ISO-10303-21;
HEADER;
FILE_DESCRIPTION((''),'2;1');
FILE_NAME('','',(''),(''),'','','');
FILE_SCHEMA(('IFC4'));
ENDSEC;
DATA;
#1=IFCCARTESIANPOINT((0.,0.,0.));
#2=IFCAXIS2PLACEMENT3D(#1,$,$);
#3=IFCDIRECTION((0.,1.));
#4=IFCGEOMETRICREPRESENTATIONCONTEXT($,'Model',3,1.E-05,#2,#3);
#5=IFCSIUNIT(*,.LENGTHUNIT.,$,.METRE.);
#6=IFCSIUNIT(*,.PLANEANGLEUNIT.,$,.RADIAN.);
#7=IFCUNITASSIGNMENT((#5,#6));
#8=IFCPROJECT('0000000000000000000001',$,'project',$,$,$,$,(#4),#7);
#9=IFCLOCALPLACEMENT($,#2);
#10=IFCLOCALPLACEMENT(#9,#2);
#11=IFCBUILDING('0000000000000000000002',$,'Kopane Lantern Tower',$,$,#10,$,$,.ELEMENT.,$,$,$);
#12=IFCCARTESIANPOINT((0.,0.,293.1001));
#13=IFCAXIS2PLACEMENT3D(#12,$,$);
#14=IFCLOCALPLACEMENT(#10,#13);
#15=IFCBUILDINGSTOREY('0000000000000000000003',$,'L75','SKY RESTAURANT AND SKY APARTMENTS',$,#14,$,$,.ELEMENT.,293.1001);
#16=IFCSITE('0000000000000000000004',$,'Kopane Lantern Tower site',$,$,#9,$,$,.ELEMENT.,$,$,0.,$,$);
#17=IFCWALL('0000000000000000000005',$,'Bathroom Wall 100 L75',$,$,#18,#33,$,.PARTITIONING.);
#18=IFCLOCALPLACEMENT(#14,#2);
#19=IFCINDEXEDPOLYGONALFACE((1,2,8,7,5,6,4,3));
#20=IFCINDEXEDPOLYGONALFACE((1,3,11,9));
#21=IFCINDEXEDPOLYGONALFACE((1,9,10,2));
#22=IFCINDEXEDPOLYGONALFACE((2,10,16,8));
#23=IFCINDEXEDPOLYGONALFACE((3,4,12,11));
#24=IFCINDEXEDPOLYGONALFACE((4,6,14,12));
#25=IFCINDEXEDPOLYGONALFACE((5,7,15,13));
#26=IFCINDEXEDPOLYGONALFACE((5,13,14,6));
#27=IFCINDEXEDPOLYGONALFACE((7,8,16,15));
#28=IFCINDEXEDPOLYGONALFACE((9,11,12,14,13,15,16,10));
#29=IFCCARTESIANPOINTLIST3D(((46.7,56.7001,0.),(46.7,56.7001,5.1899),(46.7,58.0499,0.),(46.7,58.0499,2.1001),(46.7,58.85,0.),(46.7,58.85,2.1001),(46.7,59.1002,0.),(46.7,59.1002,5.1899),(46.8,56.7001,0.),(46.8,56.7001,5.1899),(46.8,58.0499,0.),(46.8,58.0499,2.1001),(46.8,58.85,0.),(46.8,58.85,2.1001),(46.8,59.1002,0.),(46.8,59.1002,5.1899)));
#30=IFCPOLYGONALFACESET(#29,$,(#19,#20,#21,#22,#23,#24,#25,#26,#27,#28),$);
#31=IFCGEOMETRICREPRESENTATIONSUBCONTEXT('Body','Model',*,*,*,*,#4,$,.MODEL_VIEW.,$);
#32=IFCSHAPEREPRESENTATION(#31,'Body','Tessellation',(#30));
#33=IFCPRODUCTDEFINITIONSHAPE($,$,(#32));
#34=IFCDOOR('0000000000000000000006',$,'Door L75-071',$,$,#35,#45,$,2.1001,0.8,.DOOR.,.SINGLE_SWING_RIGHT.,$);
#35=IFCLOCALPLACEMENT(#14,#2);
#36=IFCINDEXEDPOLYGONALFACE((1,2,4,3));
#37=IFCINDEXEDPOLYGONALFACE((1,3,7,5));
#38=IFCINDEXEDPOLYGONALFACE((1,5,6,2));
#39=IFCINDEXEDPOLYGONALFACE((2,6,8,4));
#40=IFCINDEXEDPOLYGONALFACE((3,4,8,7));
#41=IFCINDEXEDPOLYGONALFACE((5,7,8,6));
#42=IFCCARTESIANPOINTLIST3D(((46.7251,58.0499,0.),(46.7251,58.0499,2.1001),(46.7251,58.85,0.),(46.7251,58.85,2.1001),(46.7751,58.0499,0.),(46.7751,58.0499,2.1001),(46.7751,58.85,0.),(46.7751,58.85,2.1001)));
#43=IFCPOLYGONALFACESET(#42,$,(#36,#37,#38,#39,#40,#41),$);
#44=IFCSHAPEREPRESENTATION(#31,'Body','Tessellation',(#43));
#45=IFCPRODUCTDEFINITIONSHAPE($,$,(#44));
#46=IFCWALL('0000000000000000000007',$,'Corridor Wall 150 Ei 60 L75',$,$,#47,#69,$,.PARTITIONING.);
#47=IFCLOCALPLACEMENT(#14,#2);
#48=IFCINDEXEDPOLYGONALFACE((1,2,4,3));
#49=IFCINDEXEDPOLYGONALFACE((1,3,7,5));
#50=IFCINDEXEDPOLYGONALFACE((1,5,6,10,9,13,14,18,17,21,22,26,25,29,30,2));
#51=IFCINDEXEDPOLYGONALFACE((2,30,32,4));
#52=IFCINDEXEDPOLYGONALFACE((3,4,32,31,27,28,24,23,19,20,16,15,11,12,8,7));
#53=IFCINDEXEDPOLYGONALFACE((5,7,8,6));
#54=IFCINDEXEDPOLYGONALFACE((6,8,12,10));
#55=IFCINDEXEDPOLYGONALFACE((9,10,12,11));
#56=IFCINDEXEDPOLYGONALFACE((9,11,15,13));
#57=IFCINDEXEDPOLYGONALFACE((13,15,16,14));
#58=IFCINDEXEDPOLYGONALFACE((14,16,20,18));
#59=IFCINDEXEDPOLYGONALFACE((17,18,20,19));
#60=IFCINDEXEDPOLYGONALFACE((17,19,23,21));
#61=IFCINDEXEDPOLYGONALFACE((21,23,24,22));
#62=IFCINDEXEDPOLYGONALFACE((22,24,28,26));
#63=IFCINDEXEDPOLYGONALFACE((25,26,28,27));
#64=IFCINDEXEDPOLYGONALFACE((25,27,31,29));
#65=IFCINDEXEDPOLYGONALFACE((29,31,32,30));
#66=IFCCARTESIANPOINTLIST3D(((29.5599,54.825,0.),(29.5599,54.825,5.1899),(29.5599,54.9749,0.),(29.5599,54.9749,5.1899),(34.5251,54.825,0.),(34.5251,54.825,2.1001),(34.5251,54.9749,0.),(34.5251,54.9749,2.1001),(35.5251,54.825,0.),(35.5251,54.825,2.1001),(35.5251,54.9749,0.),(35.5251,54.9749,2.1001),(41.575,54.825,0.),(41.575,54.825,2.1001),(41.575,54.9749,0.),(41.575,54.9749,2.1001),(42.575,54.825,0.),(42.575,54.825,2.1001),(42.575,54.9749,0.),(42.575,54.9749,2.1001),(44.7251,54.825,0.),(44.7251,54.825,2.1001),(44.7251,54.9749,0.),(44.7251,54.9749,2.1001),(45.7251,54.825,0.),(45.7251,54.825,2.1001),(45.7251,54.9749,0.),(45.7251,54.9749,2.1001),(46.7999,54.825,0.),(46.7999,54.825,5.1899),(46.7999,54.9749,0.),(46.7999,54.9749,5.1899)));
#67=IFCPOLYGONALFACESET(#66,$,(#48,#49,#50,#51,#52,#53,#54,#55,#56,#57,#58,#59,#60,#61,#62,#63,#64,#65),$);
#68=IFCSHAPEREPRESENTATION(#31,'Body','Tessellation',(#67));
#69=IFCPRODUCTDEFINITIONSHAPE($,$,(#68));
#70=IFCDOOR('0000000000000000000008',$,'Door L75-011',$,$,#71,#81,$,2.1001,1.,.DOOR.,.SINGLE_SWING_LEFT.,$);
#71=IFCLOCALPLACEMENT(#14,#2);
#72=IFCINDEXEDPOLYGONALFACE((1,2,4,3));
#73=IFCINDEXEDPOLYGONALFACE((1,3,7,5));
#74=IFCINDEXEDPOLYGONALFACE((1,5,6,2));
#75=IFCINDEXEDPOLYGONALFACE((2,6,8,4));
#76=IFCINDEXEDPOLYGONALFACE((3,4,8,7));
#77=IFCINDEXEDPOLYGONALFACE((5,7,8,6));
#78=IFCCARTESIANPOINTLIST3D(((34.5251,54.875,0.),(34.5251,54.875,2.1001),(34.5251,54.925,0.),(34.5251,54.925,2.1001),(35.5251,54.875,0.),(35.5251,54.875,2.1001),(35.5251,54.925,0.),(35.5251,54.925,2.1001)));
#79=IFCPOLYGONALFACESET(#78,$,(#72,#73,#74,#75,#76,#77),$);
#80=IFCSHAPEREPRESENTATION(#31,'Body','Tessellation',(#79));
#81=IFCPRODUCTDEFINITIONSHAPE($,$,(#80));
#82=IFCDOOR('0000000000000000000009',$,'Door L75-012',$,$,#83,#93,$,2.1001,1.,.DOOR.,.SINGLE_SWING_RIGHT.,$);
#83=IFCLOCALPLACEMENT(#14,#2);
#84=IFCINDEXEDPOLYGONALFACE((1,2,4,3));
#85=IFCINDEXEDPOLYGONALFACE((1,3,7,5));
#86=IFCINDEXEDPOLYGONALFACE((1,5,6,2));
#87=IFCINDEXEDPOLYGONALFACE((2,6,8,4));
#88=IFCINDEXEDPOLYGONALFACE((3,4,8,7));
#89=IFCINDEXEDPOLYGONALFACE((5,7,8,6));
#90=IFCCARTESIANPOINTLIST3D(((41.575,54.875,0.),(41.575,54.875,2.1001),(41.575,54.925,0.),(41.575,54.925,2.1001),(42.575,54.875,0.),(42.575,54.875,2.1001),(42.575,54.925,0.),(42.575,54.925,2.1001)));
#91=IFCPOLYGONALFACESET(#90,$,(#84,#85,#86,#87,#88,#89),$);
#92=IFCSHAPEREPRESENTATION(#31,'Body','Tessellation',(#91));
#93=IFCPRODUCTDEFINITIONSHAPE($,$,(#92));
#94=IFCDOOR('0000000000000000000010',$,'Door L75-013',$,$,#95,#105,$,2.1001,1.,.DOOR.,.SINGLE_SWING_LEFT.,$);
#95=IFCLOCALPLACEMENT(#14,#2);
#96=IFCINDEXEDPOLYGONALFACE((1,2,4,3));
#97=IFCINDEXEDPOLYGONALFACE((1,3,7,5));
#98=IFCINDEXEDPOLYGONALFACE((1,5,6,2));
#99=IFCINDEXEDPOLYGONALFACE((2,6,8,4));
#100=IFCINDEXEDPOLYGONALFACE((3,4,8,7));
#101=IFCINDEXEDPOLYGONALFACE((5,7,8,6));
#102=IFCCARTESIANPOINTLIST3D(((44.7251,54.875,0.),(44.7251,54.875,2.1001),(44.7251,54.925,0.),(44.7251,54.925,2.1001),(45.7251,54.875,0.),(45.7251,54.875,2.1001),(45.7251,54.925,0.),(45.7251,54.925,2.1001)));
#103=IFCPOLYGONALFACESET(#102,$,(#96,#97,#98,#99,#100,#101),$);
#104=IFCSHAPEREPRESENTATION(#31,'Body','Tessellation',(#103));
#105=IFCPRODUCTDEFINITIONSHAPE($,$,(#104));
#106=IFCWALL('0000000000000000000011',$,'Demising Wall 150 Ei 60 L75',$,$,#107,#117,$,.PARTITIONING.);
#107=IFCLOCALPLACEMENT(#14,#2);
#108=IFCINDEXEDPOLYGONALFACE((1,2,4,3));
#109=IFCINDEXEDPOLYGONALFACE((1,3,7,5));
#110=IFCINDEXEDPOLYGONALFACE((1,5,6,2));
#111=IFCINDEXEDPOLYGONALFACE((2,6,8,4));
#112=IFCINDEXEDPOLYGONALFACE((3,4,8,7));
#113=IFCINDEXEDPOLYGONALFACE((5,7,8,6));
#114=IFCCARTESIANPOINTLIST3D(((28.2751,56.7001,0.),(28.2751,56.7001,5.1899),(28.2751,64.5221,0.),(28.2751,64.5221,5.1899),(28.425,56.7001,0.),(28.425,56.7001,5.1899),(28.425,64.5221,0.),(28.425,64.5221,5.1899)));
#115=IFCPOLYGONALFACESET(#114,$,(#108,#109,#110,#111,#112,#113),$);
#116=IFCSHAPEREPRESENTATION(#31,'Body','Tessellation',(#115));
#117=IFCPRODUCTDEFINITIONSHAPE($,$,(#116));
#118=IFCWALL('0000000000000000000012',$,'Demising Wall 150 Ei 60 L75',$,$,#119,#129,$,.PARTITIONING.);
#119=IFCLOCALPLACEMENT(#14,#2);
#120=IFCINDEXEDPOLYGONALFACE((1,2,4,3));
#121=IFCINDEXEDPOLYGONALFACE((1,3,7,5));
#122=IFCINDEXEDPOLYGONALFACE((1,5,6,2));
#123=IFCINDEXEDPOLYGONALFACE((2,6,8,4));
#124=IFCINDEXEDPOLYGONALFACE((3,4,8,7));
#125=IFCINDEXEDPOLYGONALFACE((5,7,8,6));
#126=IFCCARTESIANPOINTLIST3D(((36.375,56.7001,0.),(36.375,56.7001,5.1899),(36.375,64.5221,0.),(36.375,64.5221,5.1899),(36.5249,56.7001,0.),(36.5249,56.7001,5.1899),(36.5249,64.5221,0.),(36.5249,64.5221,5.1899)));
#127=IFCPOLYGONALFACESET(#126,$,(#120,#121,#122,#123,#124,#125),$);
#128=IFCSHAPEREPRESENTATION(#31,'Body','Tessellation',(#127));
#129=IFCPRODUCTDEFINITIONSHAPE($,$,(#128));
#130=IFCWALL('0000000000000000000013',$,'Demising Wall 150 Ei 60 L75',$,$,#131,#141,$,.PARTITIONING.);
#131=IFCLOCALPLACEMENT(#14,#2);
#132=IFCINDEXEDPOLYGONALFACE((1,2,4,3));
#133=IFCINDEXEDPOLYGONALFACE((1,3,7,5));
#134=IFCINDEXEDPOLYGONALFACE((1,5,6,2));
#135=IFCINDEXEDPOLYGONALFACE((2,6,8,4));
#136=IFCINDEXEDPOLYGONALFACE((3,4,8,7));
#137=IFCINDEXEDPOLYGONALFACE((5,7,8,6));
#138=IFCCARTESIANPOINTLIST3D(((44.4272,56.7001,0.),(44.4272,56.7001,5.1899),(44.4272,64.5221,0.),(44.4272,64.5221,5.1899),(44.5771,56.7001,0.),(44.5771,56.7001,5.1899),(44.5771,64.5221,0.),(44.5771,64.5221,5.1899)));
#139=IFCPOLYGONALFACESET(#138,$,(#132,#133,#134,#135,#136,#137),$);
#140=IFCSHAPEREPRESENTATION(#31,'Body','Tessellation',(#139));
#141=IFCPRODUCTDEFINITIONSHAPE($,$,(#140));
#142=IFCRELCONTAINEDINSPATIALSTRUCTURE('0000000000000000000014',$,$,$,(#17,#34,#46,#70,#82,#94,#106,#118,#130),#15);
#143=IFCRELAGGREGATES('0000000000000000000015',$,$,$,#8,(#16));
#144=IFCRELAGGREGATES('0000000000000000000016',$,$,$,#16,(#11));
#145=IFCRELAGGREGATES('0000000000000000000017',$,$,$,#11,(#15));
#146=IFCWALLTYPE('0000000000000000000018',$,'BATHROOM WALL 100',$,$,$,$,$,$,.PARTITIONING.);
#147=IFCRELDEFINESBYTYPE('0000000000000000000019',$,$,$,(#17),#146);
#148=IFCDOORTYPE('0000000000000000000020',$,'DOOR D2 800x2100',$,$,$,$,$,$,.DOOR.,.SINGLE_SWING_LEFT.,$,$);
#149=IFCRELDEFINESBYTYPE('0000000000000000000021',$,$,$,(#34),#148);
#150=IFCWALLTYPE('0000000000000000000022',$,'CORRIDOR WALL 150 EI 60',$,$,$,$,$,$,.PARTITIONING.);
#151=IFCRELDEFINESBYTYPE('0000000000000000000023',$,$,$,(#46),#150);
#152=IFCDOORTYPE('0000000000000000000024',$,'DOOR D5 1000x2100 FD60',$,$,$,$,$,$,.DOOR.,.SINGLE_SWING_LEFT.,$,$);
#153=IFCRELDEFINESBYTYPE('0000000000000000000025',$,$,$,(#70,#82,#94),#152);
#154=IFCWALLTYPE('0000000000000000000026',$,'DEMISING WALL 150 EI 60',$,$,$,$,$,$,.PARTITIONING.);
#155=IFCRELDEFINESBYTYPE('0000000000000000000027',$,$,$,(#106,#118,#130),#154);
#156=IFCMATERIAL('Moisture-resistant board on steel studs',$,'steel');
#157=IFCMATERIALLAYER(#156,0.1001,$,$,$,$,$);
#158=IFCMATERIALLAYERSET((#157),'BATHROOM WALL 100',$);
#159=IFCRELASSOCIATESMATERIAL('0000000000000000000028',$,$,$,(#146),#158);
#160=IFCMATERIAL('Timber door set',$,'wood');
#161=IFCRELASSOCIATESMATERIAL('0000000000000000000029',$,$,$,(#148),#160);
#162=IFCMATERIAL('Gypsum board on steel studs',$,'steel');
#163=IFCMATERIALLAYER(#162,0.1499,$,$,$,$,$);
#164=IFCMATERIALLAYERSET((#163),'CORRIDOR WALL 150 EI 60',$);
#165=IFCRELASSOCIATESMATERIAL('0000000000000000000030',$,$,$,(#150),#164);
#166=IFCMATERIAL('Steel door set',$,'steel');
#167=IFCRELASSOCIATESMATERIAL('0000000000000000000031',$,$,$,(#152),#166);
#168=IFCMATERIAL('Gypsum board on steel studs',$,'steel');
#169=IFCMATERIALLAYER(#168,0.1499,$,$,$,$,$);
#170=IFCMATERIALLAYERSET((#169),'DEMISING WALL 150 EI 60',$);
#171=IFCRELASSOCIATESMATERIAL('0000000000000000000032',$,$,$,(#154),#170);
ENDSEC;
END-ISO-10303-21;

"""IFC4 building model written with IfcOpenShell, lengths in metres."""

from ifc_helpers import new_model, si_unit, direction, frame, frame_2d, origin, place, context, subcontext, project, spatial, rectangle, extrude, material, layer, layer_set, type_object, element, fill, save


model = new_model("IFC4")

# Units and contexts
model_context = context("Model", 3, precision=1e-05, world=origin(), true_north=direction((0.0, 1.0)))
body_context = subcontext(model_context, "Body", "Model", "MODEL_VIEW")
ifc_project = project(units=[si_unit("LENGTHUNIT", "METRE"), si_unit("PLANEANGLEUNIT", "RADIAN")], contexts=[model_context])

# Site, building, storey
site_placement = place(None, origin())
site = spatial("IfcSite", under=ifc_project, at=site_placement, Name="Kopane Lantern Tower site", CompositionType="ELEMENT", RefElevation=0.0)
building_placement = place(site_placement, origin())
building = spatial("IfcBuilding", under=site, at=building_placement, Name="Kopane Lantern Tower", CompositionType="ELEMENT")
storey_placement = place(building_placement, frame((0.0, 0.0, 293.1001)))
storey = spatial("IfcBuildingStorey", under=building, at=storey_placement, Name="L75", Description="SKY RESTAURANT AND SKY APARTMENTS", CompositionType="ELEMENT", Elevation=293.1001)

# Shared definitions
ifc_material_1 = material(Name="Moisture-resistant board on steel studs", Category="steel")
ifc_layer_1 = layer(ifc_material_1, 0.1001)
ifc_layer_set_1 = layer_set([ifc_layer_1], Name="BATHROOM WALL 100")
wall_type_1 = type_object("IfcWallType", Name="BATHROOM WALL 100", PredefinedType="PARTITIONING", material=ifc_layer_set_1)
ifc_material_2 = material(Name="Timber door set", Category="wood")
door_type_1 = type_object("IfcDoorType", Name="DOOR D2 800x2100", OperationType="SINGLE_SWING_LEFT", PredefinedType="DOOR", material=ifc_material_2)

# Wall, opening, door
wall_1_placement = place(storey_placement, frame((46.75, 56.7, 0.0), z_axis=(0.0, 0.0, 1.0), x_axis=(0.0, 1.0, 0.0)))
wall_1 = element("IfcWall", 1, at=wall_1_placement, inside=storey, type_object=wall_type_1, Name="Bathroom Wall 100 L75", PredefinedType="PARTITIONING", context=body_context, shape_type="SweptSolid", body=[
    extrude(rectangle(XDim=2.4001, YDim=0.1001, at=frame_2d((1.2002, 0.0))), origin(), (0.0, 0.0, 1.0), 5.1899),
])
opening_1_placement = place(wall_1_placement, frame((1.3501, 0.0, 0.0)))
opening_1 = element("IfcOpeningElement", 2, at=opening_1_placement, cuts=wall_1, PredefinedType="OPENING", context=body_context, shape_type="SweptSolid", body=[
    extrude(rectangle(XDim=0.8, YDim=2.1001, at=frame_2d((0.3999, 1.05))), frame((0.0, 0.0601, 0.0), z_axis=(0.0, -1.0, 0.0), x_axis=(1.0, 0.0, 0.0)), (0.0, 0.0, 1.0), 0.1201),
])
door_1_placement = place(opening_1_placement, origin())
door_1 = element("IfcDoor", 3, at=door_1_placement, inside=storey, type_object=door_type_1, Name="Door L75-071", OperationType="SINGLE_SWING_RIGHT", OverallHeight=2.1001, OverallWidth=0.8, PredefinedType="DOOR", context=body_context, shape_type="SweptSolid", body=[
    extrude(rectangle(XDim=0.8, YDim=2.1001, at=frame_2d((0.3999, 1.05))), frame((0.0, 0.0249, 0.0), z_axis=(0.0, -1.0, 0.0), x_axis=(1.0, 0.0, 0.0)), (0.0, 0.0, 1.0), 0.05),
])
fill(opening_1, door_1)

# Wall, openings, doors
ifc_material_3 = material(Name="Gypsum board on steel studs", Category="steel")
ifc_layer_2 = layer(ifc_material_3, 0.1499)
ifc_layer_set_2 = layer_set([ifc_layer_2], Name="CORRIDOR WALL 150 EI 60")
wall_type_2 = type_object("IfcWallType", Name="CORRIDOR WALL 150 EI 60", PredefinedType="PARTITIONING", material=ifc_layer_set_2)
wall_2_placement = place(storey_placement, frame((46.8, 54.8999, 0.0), z_axis=(0.0, 0.0, 1.0), x_axis=(-1.0, 0.0, 0.0)))
wall_2 = element("IfcWall", 4, at=wall_2_placement, inside=storey, type_object=wall_type_2, Name="Corridor Wall 150 Ei 60 L75", PredefinedType="PARTITIONING", context=body_context, shape_type="SweptSolid", body=[
    extrude(rectangle(XDim=17.24, YDim=0.1499, at=frame_2d((8.6201, 0.0))), origin(), (0.0, 0.0, 1.0), 5.1899),
])
opening_2_placement = place(wall_2_placement, frame((11.2749, 0.0, 0.0)))
opening_2 = element("IfcOpeningElement", 5, at=opening_2_placement, cuts=wall_2, PredefinedType="OPENING", context=body_context, shape_type="SweptSolid", body=[
    extrude(rectangle(XDim=1.0, YDim=2.1001, at=frame_2d((0.5, 1.05))), frame((0.0, 0.085, 0.0), z_axis=(0.0, -1.0, 0.0), x_axis=(1.0, 0.0, 0.0)), (0.0, 0.0, 1.0), 0.1699),
])
opening_3_placement = place(wall_2_placement, frame((4.2251, 0.0, 0.0)))
opening_3 = element("IfcOpeningElement", 6, at=opening_3_placement, cuts=wall_2, PredefinedType="OPENING", context=body_context, shape_type="SweptSolid", body=[
    extrude(rectangle(XDim=1.0, YDim=2.1001, at=frame_2d((0.5, 1.05))), frame((0.0, 0.085, 0.0), z_axis=(0.0, -1.0, 0.0), x_axis=(1.0, 0.0, 0.0)), (0.0, 0.0, 1.0), 0.1699),
])
opening_4_placement = place(wall_2_placement, frame((1.075, 0.0, 0.0)))
opening_4 = element("IfcOpeningElement", 7, at=opening_4_placement, cuts=wall_2, PredefinedType="OPENING", context=body_context, shape_type="SweptSolid", body=[
    extrude(rectangle(XDim=1.0, YDim=2.1001, at=frame_2d((0.5, 1.05))), frame((0.0, 0.085, 0.0), z_axis=(0.0, -1.0, 0.0), x_axis=(1.0, 0.0, 0.0)), (0.0, 0.0, 1.0), 0.1699),
])
ifc_material_4 = material(Name="Steel door set", Category="steel")
door_type_2 = type_object("IfcDoorType", Name="DOOR D5 1000x2100 FD60", OperationType="SINGLE_SWING_LEFT", PredefinedType="DOOR", material=ifc_material_4)
door_2_placement = place(opening_2_placement, origin())
door_2 = element("IfcDoor", 8, at=door_2_placement, inside=storey, type_object=door_type_2, Name="Door L75-011", OperationType="SINGLE_SWING_LEFT", OverallHeight=2.1001, OverallWidth=1.0, PredefinedType="DOOR", context=body_context, shape_type="SweptSolid", body=[
    extrude(rectangle(XDim=1.0, YDim=2.1001, at=frame_2d((0.5, 1.05))), frame((0.0, 0.0249, 0.0), z_axis=(0.0, -1.0, 0.0), x_axis=(1.0, 0.0, 0.0)), (0.0, 0.0, 1.0), 0.05),
])
fill(opening_2, door_2)
door_3_placement = place(opening_3_placement, origin())
door_3 = element("IfcDoor", 9, at=door_3_placement, inside=storey, type_object=door_type_2, Name="Door L75-012", OperationType="SINGLE_SWING_RIGHT", OverallHeight=2.1001, OverallWidth=1.0, PredefinedType="DOOR", context=body_context, shape_type="SweptSolid", body=[
    extrude(rectangle(XDim=1.0, YDim=2.1001, at=frame_2d((0.5, 1.05))), frame((0.0, 0.0249, 0.0), z_axis=(0.0, -1.0, 0.0), x_axis=(1.0, 0.0, 0.0)), (0.0, 0.0, 1.0), 0.05),
])
fill(opening_3, door_3)
door_4_placement = place(opening_4_placement, origin())
door_4 = element("IfcDoor", 10, at=door_4_placement, inside=storey, type_object=door_type_2, Name="Door L75-013", OperationType="SINGLE_SWING_LEFT", OverallHeight=2.1001, OverallWidth=1.0, PredefinedType="DOOR", context=body_context, shape_type="SweptSolid", body=[
    extrude(rectangle(XDim=1.0, YDim=2.1001, at=frame_2d((0.5, 1.05))), frame((0.0, 0.0249, 0.0), z_axis=(0.0, -1.0, 0.0), x_axis=(1.0, 0.0, 0.0)), (0.0, 0.0, 1.0), 0.05),
])
fill(opening_4, door_4)

# Walls
ifc_material_5 = material(Name="Gypsum board on steel studs", Category="steel")
ifc_layer_3 = layer(ifc_material_5, 0.1499)
ifc_layer_set_3 = layer_set([ifc_layer_3], Name="DEMISING WALL 150 EI 60")
wall_type_3 = type_object("IfcWallType", Name="DEMISING WALL 150 EI 60", PredefinedType="PARTITIONING", material=ifc_layer_set_3)
for number, where, z_axis, x_axis, name in (
    (11, (28.3501, 56.7, 0.0), (0.0, 0.0, 1.0), (0.0, 1.0, 0.0), "Demising Wall 150 Ei 60 L75"),
    (12, (36.45, 56.7, 0.0), (0.0, 0.0, 1.0), (0.0, 1.0, 0.0), "Demising Wall 150 Ei 60 L75"),
    (13, (44.5022, 56.7, 0.0), (0.0, 0.0, 1.0), (0.0, 1.0, 0.0), "Demising Wall 150 Ei 60 L75"),
):
    element("IfcWall", number, at=place(storey_placement, frame(where, z_axis=z_axis, x_axis=x_axis)), inside=storey, type_object=wall_type_3, Name=name, PredefinedType="PARTITIONING", context=body_context, shape_type="SweptSolid", body=[
        extrude(rectangle(XDim=7.822, YDim=0.1499, at=frame_2d((3.9111, 0.0))), origin(), (0.0, 0.0, 1.0), 5.1899),
    ])

save(model, "model.ifc")
